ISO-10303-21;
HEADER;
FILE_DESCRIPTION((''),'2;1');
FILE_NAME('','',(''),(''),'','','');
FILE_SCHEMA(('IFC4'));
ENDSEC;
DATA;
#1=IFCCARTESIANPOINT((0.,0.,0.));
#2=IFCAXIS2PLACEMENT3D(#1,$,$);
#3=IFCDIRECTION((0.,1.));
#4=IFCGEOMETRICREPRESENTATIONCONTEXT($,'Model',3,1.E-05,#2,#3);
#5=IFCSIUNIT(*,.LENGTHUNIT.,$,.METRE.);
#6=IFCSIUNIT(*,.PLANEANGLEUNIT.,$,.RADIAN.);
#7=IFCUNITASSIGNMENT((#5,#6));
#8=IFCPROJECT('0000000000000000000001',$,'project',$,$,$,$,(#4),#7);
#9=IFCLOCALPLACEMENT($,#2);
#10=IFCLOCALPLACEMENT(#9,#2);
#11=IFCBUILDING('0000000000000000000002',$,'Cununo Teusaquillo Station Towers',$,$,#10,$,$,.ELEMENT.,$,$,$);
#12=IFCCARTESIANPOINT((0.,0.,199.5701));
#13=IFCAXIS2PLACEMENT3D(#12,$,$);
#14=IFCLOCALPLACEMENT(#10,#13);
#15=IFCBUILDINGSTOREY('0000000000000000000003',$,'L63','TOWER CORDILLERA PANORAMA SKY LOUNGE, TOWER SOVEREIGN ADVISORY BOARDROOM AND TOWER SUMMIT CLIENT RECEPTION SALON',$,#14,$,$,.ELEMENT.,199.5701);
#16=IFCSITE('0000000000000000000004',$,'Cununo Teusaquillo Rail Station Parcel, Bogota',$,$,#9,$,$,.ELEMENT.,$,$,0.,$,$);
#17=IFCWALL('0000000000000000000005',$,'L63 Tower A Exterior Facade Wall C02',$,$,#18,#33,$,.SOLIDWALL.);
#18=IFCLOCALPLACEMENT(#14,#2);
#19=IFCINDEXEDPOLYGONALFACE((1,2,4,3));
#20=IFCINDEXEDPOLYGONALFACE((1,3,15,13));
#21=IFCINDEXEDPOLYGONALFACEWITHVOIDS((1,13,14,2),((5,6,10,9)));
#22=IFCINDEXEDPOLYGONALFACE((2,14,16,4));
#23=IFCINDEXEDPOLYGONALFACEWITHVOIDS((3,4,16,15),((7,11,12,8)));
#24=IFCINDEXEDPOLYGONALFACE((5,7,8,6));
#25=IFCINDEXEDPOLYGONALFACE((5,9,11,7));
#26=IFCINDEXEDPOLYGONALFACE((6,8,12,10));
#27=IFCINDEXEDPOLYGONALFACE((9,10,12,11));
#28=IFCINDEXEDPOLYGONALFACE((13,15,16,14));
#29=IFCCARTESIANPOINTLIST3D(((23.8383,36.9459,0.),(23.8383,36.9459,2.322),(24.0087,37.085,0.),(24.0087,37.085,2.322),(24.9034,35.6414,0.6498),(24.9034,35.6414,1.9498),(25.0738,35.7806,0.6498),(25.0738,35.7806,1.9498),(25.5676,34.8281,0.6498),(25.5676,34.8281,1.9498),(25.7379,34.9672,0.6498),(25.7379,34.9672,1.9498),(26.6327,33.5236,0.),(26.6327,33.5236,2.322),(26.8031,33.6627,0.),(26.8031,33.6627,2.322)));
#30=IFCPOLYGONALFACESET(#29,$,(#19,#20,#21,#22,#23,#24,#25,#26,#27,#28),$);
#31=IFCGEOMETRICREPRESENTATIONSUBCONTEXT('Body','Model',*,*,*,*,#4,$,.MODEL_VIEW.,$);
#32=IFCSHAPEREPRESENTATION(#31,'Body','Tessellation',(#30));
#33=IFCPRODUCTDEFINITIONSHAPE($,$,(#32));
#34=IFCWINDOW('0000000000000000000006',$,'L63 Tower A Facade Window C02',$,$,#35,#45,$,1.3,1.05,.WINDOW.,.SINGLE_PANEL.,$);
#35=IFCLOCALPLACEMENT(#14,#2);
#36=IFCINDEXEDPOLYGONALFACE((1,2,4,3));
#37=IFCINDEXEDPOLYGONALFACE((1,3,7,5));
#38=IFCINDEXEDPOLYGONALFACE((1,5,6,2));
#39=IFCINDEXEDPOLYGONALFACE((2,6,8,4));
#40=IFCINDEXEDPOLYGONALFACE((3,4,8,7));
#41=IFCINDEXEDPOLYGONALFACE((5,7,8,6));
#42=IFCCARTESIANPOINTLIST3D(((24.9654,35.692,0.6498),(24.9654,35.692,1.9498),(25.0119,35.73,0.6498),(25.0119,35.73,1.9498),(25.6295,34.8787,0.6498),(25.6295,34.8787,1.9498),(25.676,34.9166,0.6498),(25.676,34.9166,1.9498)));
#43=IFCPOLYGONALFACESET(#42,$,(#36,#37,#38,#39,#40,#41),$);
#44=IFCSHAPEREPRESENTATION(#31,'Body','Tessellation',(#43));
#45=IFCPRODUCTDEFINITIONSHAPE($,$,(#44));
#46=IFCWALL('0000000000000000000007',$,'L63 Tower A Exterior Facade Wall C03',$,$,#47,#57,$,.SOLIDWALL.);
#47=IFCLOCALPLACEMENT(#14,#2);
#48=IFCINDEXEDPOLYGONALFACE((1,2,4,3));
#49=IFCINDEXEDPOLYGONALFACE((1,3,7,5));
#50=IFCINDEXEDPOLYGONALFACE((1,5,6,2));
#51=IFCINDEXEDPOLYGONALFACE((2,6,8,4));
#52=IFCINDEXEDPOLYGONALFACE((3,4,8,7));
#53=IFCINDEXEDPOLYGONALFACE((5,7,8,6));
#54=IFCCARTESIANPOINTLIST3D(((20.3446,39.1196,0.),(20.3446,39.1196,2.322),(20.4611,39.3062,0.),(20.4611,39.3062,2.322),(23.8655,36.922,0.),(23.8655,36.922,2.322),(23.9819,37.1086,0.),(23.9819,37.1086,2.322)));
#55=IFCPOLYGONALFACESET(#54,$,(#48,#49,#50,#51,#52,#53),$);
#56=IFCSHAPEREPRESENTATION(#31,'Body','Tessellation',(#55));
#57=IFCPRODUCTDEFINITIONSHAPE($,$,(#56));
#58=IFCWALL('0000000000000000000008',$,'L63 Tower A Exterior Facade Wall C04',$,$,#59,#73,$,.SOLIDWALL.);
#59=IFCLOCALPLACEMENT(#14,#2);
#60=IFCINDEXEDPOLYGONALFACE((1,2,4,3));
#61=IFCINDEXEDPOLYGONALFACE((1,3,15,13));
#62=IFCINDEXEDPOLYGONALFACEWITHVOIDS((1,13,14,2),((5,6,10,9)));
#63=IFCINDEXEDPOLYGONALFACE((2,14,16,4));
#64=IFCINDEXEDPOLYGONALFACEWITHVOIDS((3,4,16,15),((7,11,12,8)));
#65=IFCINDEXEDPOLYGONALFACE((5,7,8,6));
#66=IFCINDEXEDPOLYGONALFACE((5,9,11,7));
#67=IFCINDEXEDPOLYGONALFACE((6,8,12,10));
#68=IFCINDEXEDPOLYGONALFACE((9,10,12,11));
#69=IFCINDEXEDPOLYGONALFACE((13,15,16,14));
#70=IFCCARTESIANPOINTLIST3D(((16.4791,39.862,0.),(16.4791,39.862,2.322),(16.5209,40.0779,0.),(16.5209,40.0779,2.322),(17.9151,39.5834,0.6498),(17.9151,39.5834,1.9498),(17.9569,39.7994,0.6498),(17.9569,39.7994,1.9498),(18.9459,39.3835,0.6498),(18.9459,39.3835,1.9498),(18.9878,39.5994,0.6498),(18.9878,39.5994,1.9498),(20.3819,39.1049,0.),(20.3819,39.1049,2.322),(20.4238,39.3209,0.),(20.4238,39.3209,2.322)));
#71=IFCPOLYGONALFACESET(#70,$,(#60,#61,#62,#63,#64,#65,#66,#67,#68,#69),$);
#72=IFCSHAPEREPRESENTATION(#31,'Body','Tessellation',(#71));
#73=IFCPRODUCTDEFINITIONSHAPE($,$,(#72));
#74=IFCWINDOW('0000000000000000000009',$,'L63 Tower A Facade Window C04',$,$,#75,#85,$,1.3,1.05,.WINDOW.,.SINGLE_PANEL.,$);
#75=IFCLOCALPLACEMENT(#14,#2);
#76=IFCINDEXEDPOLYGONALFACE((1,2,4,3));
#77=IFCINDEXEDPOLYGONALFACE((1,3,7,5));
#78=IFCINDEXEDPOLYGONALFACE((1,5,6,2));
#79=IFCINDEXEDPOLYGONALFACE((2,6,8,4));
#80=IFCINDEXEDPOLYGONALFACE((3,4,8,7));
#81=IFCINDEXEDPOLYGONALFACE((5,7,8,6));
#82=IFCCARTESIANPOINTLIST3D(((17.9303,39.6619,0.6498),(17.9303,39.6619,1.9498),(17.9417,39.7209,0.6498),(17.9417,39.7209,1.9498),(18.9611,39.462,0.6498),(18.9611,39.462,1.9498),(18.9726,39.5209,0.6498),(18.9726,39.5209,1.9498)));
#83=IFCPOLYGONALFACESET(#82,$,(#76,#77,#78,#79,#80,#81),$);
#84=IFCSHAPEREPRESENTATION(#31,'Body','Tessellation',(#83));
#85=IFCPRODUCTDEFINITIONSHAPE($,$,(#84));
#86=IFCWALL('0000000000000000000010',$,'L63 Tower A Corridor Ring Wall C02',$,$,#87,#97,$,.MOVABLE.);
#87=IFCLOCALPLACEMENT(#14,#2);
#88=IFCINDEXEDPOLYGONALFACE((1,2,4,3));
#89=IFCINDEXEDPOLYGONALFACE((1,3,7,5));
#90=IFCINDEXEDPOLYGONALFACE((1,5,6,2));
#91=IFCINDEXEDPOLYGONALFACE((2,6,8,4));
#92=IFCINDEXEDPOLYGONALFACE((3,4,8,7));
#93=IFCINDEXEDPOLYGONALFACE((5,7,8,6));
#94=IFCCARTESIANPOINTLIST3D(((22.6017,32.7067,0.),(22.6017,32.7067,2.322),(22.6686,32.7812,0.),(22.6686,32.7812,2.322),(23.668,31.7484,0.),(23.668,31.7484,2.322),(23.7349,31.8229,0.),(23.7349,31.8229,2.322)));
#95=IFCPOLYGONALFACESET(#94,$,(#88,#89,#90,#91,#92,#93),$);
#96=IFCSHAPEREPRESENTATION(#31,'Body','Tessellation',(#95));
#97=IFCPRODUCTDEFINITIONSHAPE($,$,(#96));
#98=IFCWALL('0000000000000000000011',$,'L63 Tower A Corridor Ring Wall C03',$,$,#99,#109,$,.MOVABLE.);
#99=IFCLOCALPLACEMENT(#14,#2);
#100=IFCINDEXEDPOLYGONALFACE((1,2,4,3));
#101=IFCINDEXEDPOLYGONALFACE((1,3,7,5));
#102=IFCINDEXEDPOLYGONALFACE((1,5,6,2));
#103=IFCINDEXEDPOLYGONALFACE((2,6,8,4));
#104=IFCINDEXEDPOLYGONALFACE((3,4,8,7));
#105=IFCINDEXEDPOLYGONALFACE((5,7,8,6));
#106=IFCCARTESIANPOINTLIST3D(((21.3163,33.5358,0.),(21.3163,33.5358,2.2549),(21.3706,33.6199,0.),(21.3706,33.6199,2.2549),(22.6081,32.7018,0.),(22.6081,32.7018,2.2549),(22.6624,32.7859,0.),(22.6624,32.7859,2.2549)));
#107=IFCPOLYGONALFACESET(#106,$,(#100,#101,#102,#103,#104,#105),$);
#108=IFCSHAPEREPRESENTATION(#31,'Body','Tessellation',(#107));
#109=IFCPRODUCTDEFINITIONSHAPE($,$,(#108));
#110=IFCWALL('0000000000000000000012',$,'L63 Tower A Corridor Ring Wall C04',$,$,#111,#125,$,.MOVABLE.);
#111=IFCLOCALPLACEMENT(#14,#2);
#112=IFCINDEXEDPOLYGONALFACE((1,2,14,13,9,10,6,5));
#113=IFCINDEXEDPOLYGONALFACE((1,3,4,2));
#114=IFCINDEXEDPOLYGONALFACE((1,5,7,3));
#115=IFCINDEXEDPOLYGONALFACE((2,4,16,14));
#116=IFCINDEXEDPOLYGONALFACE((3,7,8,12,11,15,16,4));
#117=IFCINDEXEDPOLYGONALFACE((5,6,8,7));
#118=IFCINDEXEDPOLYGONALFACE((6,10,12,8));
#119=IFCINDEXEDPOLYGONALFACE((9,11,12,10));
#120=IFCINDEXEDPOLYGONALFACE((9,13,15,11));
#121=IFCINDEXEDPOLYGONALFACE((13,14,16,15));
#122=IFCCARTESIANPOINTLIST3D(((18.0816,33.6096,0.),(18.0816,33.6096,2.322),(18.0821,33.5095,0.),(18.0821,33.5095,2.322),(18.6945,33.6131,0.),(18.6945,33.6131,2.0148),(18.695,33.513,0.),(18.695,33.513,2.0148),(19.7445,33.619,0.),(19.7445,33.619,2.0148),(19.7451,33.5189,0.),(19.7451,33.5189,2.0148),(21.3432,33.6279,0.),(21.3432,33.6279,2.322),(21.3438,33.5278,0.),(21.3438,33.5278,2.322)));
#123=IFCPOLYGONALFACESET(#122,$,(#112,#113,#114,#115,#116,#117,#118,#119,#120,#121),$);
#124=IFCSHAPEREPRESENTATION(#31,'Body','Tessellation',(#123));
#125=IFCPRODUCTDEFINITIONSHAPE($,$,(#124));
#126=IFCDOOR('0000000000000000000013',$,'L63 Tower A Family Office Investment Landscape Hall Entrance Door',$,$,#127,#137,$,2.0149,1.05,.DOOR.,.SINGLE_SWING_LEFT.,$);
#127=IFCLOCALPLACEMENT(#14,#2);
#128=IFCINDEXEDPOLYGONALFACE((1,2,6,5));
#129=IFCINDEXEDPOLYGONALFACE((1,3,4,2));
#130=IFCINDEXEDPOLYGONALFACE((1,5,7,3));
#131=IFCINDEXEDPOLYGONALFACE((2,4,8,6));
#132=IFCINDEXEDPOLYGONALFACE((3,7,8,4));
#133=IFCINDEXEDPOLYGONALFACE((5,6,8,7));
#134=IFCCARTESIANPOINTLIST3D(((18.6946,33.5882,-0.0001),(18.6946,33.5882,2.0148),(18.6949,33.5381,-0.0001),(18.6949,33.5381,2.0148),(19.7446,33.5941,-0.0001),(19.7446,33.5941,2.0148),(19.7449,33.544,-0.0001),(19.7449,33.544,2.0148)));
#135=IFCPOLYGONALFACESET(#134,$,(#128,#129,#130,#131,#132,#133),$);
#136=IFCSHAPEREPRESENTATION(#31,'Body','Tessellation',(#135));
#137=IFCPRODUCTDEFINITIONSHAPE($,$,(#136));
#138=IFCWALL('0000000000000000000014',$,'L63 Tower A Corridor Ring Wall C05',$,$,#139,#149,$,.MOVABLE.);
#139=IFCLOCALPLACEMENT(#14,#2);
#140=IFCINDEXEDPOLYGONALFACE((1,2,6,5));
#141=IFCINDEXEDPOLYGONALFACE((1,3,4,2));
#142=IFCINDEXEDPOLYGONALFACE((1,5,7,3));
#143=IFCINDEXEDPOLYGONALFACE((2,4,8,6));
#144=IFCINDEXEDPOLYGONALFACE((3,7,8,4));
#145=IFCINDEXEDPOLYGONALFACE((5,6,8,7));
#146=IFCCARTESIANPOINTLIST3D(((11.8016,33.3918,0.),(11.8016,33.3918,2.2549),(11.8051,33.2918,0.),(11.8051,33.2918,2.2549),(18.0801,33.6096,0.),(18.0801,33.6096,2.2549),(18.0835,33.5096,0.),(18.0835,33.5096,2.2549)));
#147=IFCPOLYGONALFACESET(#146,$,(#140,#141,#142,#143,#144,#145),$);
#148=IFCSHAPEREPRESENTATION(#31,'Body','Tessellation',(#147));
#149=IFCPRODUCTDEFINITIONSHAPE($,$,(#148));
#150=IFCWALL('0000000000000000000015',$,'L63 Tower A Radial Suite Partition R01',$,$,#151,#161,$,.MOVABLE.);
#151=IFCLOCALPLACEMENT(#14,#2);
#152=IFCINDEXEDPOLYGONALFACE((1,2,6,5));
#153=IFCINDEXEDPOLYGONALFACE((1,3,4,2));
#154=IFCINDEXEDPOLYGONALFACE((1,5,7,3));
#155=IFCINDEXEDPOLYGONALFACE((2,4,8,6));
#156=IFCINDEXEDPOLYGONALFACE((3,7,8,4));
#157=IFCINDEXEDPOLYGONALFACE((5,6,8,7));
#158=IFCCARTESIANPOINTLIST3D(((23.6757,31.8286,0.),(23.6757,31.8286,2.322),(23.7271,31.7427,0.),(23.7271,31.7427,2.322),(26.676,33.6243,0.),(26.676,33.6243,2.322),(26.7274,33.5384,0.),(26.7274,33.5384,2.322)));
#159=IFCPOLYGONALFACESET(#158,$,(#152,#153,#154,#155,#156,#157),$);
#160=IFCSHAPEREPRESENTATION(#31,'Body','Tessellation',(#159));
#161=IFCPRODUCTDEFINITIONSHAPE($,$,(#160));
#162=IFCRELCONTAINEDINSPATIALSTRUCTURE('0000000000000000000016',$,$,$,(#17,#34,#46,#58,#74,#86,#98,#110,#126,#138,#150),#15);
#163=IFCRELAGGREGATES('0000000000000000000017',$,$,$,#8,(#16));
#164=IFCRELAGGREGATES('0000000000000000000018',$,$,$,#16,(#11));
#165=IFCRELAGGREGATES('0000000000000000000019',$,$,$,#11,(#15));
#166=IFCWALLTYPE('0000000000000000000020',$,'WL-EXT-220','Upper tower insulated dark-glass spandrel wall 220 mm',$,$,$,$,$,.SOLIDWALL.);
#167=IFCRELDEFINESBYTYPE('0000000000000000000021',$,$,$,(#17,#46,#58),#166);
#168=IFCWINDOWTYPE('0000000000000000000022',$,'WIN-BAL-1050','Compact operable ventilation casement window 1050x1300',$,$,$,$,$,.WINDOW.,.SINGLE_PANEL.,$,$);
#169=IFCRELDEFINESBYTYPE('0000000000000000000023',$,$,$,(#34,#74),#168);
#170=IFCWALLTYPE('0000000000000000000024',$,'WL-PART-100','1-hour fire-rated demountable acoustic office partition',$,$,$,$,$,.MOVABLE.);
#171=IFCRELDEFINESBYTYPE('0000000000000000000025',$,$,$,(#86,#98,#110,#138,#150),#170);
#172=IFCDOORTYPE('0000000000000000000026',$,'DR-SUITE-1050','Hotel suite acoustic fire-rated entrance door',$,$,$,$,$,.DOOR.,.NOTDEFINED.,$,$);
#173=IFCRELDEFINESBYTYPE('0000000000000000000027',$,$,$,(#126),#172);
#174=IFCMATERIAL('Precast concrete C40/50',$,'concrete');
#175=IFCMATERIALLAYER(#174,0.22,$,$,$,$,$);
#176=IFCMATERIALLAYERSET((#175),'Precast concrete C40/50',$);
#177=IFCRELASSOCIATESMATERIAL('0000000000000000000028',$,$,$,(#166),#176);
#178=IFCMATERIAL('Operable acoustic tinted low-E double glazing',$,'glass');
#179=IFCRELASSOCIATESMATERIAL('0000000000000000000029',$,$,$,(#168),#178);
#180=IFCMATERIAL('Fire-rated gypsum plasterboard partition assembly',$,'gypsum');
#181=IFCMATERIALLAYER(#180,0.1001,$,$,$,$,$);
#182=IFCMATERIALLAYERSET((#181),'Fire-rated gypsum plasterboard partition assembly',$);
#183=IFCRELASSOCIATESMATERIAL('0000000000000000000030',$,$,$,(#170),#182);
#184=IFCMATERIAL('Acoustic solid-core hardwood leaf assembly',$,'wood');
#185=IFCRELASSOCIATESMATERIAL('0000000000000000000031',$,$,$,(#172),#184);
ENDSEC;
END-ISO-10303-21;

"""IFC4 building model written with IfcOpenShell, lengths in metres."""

from ifc_helpers import new_model, si_unit, direction, frame, frame_2d, origin, place, context, subcontext, project, spatial, rectangle, extrude, source, transform, mapped, material, layer, layer_set, type_object, element, fill, save


model = new_model("IFC4")

# Units and contexts
model_context = context("Model", 3, precision=1e-05, world=origin(), true_north=direction((0.0, 1.0)))
body_context = subcontext(model_context, "Body", "Model", "MODEL_VIEW")
ifc_project = project(units=[si_unit("LENGTHUNIT", "METRE"), si_unit("PLANEANGLEUNIT", "RADIAN")], contexts=[model_context])

# Site, building, storey
site_placement = place(None, origin())
site = spatial("IfcSite", under=ifc_project, at=site_placement, Name="Cununo Teusaquillo Rail Station Parcel, Bogota", CompositionType="ELEMENT", RefElevation=0.0)
building_placement = place(site_placement, origin())
building = spatial("IfcBuilding", under=site, at=building_placement, Name="Cununo Teusaquillo Station Towers", CompositionType="ELEMENT")
storey_placement = place(building_placement, frame((0.0, 0.0, 199.5701)))
storey = spatial("IfcBuildingStorey", under=building, at=storey_placement, Name="L63", Description="TOWER CORDILLERA PANORAMA SKY LOUNGE, TOWER SOVEREIGN ADVISORY BOARDROOM AND TOWER SUMMIT CLIENT RECEPTION SALON", CompositionType="ELEMENT", Elevation=199.5701)

# Shared definitions
ifc_material_1 = material(Name="Precast concrete C40/50", Category="concrete")
ifc_layer_1 = layer(ifc_material_1, 0.22)
ifc_layer_set_1 = layer_set([ifc_layer_1], Name="Precast concrete C40/50")
wall_type_1 = type_object("IfcWallType", Name="WL-EXT-220", Description="Upper tower insulated dark-glass spandrel wall 220 mm", PredefinedType="SOLIDWALL", material=ifc_layer_set_1)

# Wall, opening, window
wall_1_placement = place(storey_placement, frame((23.9236, 37.0154, 0.0), z_axis=(0.0, 0.0, 1.0), x_axis=(0.632467, -0.774587, 0.0)))
wall_1 = element("IfcWall", 1, at=wall_1_placement, inside=storey, type_object=wall_type_1, Name="L63 Tower A Exterior Facade Wall C02", PredefinedType="SOLIDWALL", context=body_context, shape_type="SweptSolid", body=[
    extrude(rectangle(XDim=4.4182, YDim=0.22, at=frame_2d((2.209, 0.0))), origin(), (0.0, 0.0, 1.0), 2.322),
])
shared_shape_1 = source(origin(), body_context, "Body", "SweptSolid", [
    extrude(rectangle(XDim=1.05, YDim=1.3, at=frame_2d((0.5249, 0.6499))), frame((0.0, 0.1199, 0.0), z_axis=(0.0, -1.0, 0.0), x_axis=(1.0, 0.0, 0.0)), (0.0, 0.0, 1.0), 0.24),
])
opening_1_placement = place(wall_1_placement, frame((1.6841, 0.0, 0.6499)))
opening_1 = element("IfcOpeningElement", 2, at=opening_1_placement, cuts=wall_1, PredefinedType="OPENING", context=body_context, shape_type="MappedRepresentation", body=[
    mapped(shared_shape_1, transform((0.0, 0.0, 0.0), x_axis=(1.0, 0.0, 0.0), y_axis=(0.0, 1.0, 0.0), z_axis=(0.0, 0.0, 1.0), scale=1.0)),
])
ifc_material_2 = material(Name="Operable acoustic tinted low-E double glazing", Category="glass")
window_type = type_object("IfcWindowType", Name="WIN-BAL-1050", Description="Compact operable ventilation casement window 1050x1300", PartitioningType="SINGLE_PANEL", PredefinedType="WINDOW", material=ifc_material_2)
shared_shape_2 = source(origin(), body_context, "Body", "SweptSolid", [
    extrude(rectangle(XDim=1.05, YDim=1.3, at=frame_2d((0.5249, 0.6499))), frame((0.0, 0.03, 0.0), z_axis=(0.0, -1.0, 0.0), x_axis=(1.0, 0.0, 0.0)), (0.0, 0.0, 1.0), 0.0601),
])
window_1_placement = place(opening_1_placement, origin())
window_1 = element("IfcWindow", 3, at=window_1_placement, inside=storey, type_object=window_type, Name="L63 Tower A Facade Window C02", OverallHeight=1.3, OverallWidth=1.05, PartitioningType="SINGLE_PANEL", PredefinedType="WINDOW", context=body_context, shape_type="MappedRepresentation", body=[
    mapped(shared_shape_2, transform((0.0, 0.0, 0.0), x_axis=(1.0, 0.0, 0.0), y_axis=(0.0, 1.0, 0.0), z_axis=(0.0, 0.0, 1.0), scale=1.0)),
])
fill(opening_1, window_1)

# Wall
wall_2_placement = place(storey_placement, frame((20.4028, 39.2129, 0.0), z_axis=(0.0, 0.0, 1.0), x_axis=(0.848319, -0.529486, 0.0)))
element("IfcWall", 4, at=wall_2_placement, inside=storey, type_object=wall_type_1, Name="L63 Tower A Exterior Facade Wall C03", PredefinedType="SOLIDWALL", context=body_context, shape_type="SweptSolid", body=[
    extrude(rectangle(XDim=4.1504, YDim=0.22, at=frame_2d((2.0752, 0.0))), origin(), (0.0, 0.0, 1.0), 2.322),
])

# Wall, opening, window
wall_3_placement = place(storey_placement, frame((16.5, 39.97, 0.0), z_axis=(0.0, 0.0, 1.0), x_axis=(0.9817, -0.190432, 0.0)))
wall_3 = element("IfcWall", 5, at=wall_3_placement, inside=storey, type_object=wall_type_1, Name="L63 Tower A Exterior Facade Wall C04", PredefinedType="SOLIDWALL", context=body_context, shape_type="SweptSolid", body=[
    extrude(rectangle(XDim=3.9756, YDim=0.22, at=frame_2d((1.9878, 0.0))), origin(), (0.0, 0.0, 1.0), 2.322),
])
opening_2_placement = place(wall_3_placement, frame((1.4629, 0.0, 0.6499)))
opening_2 = element("IfcOpeningElement", 6, at=opening_2_placement, cuts=wall_3, PredefinedType="OPENING", context=body_context, shape_type="MappedRepresentation", body=[
    mapped(shared_shape_1, transform((0.0, 0.0, 0.0), x_axis=(1.0, 0.0, 0.0), y_axis=(0.0, 1.0, 0.0), z_axis=(0.0, 0.0, 1.0), scale=1.0)),
])
window_2_placement = place(opening_2_placement, origin())
window_2 = element("IfcWindow", 7, at=window_2_placement, inside=storey, type_object=window_type, Name="L63 Tower A Facade Window C04", OverallHeight=1.3, OverallWidth=1.05, PartitioningType="SINGLE_PANEL", PredefinedType="WINDOW", context=body_context, shape_type="MappedRepresentation", body=[
    mapped(shared_shape_2, transform((0.0, 0.0, 0.0), x_axis=(1.0, 0.0, 0.0), y_axis=(0.0, 1.0, 0.0), z_axis=(0.0, 0.0, 1.0), scale=1.0)),
])
fill(opening_2, window_2)

# Walls
ifc_material_3 = material(Name="Fire-rated gypsum plasterboard partition assembly", Category="gypsum")
ifc_layer_2 = layer(ifc_material_3, 0.1001)
ifc_layer_set_2 = layer_set([ifc_layer_2], Name="Fire-rated gypsum plasterboard partition assembly")
wall_type_2 = type_object("IfcWallType", Name="WL-PART-100", Description="1-hour fire-rated demountable acoustic office partition", PredefinedType="MOVABLE", material=ifc_layer_set_2)
wall_4_placement = place(storey_placement, frame((23.7014, 31.7856, 0.0), z_axis=(0.0, 0.0, 1.0), x_axis=(-0.743743, 0.668466, 0.0)))
element("IfcWall", 8, at=wall_4_placement, inside=storey, type_object=wall_type_2, Name="L63 Tower A Corridor Ring Wall C02", PredefinedType="MOVABLE", context=body_context, shape_type="SweptSolid", body=[
    extrude(rectangle(XDim=1.4336, YDim=0.1001, at=frame_2d((0.7168, 0.0))), origin(), (0.0, 0.0, 1.0), 2.322),
])
wall_5_placement = place(storey_placement, frame((22.6353, 32.7439, 0.0), z_axis=(0.0, 0.0, 1.0), x_axis=(-0.840119, 0.542402, 0.0)))
element("IfcWall", 9, at=wall_5_placement, inside=storey, type_object=wall_type_2, Name="L63 Tower A Corridor Ring Wall C03", PredefinedType="MOVABLE", context=body_context, shape_type="SweptSolid", body=[
    extrude(rectangle(XDim=1.5376, YDim=0.1001, at=frame_2d((0.7688, 0.0))), origin(), (0.0, 0.0, 1.0), 2.2549),
])

# Wall, opening, door
wall_6_placement = place(storey_placement, frame((21.3435, 33.5779, 0.0), z_axis=(0.0, 0.0, 1.0), x_axis=(-0.999984, -0.005614, 0.0)))
wall_6 = element("IfcWall", 10, at=wall_6_placement, inside=storey, type_object=wall_type_2, Name="L63 Tower A Corridor Ring Wall C04", PredefinedType="MOVABLE", context=body_context, shape_type="SweptSolid", body=[
    extrude(rectangle(XDim=3.2617, YDim=0.1001, at=frame_2d((1.6309, 0.0))), origin(), (0.0, 0.0, 1.0), 2.322),
])
shared_shape_3 = source(origin(), body_context, "Body", "SweptSolid", [
    extrude(rectangle(XDim=1.05, YDim=2.0149, at=frame_2d((0.5249, 1.0073))), frame((0.0, 0.0601, 0.0), z_axis=(0.0, -1.0, 0.0), x_axis=(1.0, 0.0, 0.0)), (0.0, 0.0, 1.0), 0.1201),
])
opening_3_placement = place(wall_6_placement, frame((1.5989, 0.0, 0.0)))
opening_3 = element("IfcOpeningElement", 11, at=opening_3_placement, cuts=wall_6, PredefinedType="OPENING", context=body_context, shape_type="MappedRepresentation", body=[
    mapped(shared_shape_3, transform((0.0, 0.0, 0.0), x_axis=(1.0, 0.0, 0.0), y_axis=(0.0, 1.0, 0.0), z_axis=(0.0, 0.0, 1.0), scale=1.0)),
])
ifc_material_4 = material(Name="Acoustic solid-core hardwood leaf assembly", Category="wood")
door_type = type_object("IfcDoorType", Name="DR-SUITE-1050", Description="Hotel suite acoustic fire-rated entrance door", OperationType="NOTDEFINED", PredefinedType="DOOR", material=ifc_material_4)
shared_shape_4 = source(origin(), body_context, "Body", "SweptSolid", [
    extrude(rectangle(XDim=1.05, YDim=2.0149, at=frame_2d((0.5249, 1.0073))), frame((0.0, 0.0249, 0.0), z_axis=(0.0, -1.0, 0.0), x_axis=(1.0, 0.0, 0.0)), (0.0, 0.0, 1.0), 0.05),
])
door_placement = place(opening_3_placement, origin())
door = element("IfcDoor", 12, at=door_placement, inside=storey, type_object=door_type, Name="L63 Tower A Family Office Investment Landscape Hall Entrance Door", OperationType="SINGLE_SWING_LEFT", OverallHeight=2.0149, OverallWidth=1.05, PredefinedType="DOOR", context=body_context, shape_type="MappedRepresentation", body=[
    mapped(shared_shape_4, transform((0.0, 0.0, 0.0), x_axis=(1.0, 0.0, 0.0), y_axis=(0.0, 1.0, 0.0), z_axis=(0.0, 0.0, 1.0), scale=1.0)),
])
fill(opening_3, door)

# Walls
wall_7_placement = place(storey_placement, frame((18.0818, 33.5596, 0.0), z_axis=(0.0, 0.0, 1.0), x_axis=(-0.999399, -0.034664, 0.0)))
element("IfcWall", 13, at=wall_7_placement, inside=storey, type_object=wall_type_2, Name="L63 Tower A Corridor Ring Wall C05", PredefinedType="MOVABLE", context=body_context, shape_type="SweptSolid", body=[
    extrude(rectangle(XDim=6.2822, YDim=0.1001, at=frame_2d((3.1411, 0.0))), origin(), (0.0, 0.0, 1.0), 2.2549),
])
wall_8_placement = place(storey_placement, frame((23.7014, 31.7856, 0.0), z_axis=(0.0, 0.0, 1.0), x_axis=(0.858059, 0.513551, 0.0)))
element("IfcWall", 14, at=wall_8_placement, inside=storey, type_object=wall_type_2, Name="L63 Tower A Radial Suite Partition R01", PredefinedType="MOVABLE", context=body_context, shape_type="SweptSolid", body=[
    extrude(rectangle(XDim=3.4966, YDim=0.1001, at=frame_2d((1.7483, 0.0))), origin(), (0.0, 0.0, 1.0), 2.322),
])

save(model, "model.ifc")
